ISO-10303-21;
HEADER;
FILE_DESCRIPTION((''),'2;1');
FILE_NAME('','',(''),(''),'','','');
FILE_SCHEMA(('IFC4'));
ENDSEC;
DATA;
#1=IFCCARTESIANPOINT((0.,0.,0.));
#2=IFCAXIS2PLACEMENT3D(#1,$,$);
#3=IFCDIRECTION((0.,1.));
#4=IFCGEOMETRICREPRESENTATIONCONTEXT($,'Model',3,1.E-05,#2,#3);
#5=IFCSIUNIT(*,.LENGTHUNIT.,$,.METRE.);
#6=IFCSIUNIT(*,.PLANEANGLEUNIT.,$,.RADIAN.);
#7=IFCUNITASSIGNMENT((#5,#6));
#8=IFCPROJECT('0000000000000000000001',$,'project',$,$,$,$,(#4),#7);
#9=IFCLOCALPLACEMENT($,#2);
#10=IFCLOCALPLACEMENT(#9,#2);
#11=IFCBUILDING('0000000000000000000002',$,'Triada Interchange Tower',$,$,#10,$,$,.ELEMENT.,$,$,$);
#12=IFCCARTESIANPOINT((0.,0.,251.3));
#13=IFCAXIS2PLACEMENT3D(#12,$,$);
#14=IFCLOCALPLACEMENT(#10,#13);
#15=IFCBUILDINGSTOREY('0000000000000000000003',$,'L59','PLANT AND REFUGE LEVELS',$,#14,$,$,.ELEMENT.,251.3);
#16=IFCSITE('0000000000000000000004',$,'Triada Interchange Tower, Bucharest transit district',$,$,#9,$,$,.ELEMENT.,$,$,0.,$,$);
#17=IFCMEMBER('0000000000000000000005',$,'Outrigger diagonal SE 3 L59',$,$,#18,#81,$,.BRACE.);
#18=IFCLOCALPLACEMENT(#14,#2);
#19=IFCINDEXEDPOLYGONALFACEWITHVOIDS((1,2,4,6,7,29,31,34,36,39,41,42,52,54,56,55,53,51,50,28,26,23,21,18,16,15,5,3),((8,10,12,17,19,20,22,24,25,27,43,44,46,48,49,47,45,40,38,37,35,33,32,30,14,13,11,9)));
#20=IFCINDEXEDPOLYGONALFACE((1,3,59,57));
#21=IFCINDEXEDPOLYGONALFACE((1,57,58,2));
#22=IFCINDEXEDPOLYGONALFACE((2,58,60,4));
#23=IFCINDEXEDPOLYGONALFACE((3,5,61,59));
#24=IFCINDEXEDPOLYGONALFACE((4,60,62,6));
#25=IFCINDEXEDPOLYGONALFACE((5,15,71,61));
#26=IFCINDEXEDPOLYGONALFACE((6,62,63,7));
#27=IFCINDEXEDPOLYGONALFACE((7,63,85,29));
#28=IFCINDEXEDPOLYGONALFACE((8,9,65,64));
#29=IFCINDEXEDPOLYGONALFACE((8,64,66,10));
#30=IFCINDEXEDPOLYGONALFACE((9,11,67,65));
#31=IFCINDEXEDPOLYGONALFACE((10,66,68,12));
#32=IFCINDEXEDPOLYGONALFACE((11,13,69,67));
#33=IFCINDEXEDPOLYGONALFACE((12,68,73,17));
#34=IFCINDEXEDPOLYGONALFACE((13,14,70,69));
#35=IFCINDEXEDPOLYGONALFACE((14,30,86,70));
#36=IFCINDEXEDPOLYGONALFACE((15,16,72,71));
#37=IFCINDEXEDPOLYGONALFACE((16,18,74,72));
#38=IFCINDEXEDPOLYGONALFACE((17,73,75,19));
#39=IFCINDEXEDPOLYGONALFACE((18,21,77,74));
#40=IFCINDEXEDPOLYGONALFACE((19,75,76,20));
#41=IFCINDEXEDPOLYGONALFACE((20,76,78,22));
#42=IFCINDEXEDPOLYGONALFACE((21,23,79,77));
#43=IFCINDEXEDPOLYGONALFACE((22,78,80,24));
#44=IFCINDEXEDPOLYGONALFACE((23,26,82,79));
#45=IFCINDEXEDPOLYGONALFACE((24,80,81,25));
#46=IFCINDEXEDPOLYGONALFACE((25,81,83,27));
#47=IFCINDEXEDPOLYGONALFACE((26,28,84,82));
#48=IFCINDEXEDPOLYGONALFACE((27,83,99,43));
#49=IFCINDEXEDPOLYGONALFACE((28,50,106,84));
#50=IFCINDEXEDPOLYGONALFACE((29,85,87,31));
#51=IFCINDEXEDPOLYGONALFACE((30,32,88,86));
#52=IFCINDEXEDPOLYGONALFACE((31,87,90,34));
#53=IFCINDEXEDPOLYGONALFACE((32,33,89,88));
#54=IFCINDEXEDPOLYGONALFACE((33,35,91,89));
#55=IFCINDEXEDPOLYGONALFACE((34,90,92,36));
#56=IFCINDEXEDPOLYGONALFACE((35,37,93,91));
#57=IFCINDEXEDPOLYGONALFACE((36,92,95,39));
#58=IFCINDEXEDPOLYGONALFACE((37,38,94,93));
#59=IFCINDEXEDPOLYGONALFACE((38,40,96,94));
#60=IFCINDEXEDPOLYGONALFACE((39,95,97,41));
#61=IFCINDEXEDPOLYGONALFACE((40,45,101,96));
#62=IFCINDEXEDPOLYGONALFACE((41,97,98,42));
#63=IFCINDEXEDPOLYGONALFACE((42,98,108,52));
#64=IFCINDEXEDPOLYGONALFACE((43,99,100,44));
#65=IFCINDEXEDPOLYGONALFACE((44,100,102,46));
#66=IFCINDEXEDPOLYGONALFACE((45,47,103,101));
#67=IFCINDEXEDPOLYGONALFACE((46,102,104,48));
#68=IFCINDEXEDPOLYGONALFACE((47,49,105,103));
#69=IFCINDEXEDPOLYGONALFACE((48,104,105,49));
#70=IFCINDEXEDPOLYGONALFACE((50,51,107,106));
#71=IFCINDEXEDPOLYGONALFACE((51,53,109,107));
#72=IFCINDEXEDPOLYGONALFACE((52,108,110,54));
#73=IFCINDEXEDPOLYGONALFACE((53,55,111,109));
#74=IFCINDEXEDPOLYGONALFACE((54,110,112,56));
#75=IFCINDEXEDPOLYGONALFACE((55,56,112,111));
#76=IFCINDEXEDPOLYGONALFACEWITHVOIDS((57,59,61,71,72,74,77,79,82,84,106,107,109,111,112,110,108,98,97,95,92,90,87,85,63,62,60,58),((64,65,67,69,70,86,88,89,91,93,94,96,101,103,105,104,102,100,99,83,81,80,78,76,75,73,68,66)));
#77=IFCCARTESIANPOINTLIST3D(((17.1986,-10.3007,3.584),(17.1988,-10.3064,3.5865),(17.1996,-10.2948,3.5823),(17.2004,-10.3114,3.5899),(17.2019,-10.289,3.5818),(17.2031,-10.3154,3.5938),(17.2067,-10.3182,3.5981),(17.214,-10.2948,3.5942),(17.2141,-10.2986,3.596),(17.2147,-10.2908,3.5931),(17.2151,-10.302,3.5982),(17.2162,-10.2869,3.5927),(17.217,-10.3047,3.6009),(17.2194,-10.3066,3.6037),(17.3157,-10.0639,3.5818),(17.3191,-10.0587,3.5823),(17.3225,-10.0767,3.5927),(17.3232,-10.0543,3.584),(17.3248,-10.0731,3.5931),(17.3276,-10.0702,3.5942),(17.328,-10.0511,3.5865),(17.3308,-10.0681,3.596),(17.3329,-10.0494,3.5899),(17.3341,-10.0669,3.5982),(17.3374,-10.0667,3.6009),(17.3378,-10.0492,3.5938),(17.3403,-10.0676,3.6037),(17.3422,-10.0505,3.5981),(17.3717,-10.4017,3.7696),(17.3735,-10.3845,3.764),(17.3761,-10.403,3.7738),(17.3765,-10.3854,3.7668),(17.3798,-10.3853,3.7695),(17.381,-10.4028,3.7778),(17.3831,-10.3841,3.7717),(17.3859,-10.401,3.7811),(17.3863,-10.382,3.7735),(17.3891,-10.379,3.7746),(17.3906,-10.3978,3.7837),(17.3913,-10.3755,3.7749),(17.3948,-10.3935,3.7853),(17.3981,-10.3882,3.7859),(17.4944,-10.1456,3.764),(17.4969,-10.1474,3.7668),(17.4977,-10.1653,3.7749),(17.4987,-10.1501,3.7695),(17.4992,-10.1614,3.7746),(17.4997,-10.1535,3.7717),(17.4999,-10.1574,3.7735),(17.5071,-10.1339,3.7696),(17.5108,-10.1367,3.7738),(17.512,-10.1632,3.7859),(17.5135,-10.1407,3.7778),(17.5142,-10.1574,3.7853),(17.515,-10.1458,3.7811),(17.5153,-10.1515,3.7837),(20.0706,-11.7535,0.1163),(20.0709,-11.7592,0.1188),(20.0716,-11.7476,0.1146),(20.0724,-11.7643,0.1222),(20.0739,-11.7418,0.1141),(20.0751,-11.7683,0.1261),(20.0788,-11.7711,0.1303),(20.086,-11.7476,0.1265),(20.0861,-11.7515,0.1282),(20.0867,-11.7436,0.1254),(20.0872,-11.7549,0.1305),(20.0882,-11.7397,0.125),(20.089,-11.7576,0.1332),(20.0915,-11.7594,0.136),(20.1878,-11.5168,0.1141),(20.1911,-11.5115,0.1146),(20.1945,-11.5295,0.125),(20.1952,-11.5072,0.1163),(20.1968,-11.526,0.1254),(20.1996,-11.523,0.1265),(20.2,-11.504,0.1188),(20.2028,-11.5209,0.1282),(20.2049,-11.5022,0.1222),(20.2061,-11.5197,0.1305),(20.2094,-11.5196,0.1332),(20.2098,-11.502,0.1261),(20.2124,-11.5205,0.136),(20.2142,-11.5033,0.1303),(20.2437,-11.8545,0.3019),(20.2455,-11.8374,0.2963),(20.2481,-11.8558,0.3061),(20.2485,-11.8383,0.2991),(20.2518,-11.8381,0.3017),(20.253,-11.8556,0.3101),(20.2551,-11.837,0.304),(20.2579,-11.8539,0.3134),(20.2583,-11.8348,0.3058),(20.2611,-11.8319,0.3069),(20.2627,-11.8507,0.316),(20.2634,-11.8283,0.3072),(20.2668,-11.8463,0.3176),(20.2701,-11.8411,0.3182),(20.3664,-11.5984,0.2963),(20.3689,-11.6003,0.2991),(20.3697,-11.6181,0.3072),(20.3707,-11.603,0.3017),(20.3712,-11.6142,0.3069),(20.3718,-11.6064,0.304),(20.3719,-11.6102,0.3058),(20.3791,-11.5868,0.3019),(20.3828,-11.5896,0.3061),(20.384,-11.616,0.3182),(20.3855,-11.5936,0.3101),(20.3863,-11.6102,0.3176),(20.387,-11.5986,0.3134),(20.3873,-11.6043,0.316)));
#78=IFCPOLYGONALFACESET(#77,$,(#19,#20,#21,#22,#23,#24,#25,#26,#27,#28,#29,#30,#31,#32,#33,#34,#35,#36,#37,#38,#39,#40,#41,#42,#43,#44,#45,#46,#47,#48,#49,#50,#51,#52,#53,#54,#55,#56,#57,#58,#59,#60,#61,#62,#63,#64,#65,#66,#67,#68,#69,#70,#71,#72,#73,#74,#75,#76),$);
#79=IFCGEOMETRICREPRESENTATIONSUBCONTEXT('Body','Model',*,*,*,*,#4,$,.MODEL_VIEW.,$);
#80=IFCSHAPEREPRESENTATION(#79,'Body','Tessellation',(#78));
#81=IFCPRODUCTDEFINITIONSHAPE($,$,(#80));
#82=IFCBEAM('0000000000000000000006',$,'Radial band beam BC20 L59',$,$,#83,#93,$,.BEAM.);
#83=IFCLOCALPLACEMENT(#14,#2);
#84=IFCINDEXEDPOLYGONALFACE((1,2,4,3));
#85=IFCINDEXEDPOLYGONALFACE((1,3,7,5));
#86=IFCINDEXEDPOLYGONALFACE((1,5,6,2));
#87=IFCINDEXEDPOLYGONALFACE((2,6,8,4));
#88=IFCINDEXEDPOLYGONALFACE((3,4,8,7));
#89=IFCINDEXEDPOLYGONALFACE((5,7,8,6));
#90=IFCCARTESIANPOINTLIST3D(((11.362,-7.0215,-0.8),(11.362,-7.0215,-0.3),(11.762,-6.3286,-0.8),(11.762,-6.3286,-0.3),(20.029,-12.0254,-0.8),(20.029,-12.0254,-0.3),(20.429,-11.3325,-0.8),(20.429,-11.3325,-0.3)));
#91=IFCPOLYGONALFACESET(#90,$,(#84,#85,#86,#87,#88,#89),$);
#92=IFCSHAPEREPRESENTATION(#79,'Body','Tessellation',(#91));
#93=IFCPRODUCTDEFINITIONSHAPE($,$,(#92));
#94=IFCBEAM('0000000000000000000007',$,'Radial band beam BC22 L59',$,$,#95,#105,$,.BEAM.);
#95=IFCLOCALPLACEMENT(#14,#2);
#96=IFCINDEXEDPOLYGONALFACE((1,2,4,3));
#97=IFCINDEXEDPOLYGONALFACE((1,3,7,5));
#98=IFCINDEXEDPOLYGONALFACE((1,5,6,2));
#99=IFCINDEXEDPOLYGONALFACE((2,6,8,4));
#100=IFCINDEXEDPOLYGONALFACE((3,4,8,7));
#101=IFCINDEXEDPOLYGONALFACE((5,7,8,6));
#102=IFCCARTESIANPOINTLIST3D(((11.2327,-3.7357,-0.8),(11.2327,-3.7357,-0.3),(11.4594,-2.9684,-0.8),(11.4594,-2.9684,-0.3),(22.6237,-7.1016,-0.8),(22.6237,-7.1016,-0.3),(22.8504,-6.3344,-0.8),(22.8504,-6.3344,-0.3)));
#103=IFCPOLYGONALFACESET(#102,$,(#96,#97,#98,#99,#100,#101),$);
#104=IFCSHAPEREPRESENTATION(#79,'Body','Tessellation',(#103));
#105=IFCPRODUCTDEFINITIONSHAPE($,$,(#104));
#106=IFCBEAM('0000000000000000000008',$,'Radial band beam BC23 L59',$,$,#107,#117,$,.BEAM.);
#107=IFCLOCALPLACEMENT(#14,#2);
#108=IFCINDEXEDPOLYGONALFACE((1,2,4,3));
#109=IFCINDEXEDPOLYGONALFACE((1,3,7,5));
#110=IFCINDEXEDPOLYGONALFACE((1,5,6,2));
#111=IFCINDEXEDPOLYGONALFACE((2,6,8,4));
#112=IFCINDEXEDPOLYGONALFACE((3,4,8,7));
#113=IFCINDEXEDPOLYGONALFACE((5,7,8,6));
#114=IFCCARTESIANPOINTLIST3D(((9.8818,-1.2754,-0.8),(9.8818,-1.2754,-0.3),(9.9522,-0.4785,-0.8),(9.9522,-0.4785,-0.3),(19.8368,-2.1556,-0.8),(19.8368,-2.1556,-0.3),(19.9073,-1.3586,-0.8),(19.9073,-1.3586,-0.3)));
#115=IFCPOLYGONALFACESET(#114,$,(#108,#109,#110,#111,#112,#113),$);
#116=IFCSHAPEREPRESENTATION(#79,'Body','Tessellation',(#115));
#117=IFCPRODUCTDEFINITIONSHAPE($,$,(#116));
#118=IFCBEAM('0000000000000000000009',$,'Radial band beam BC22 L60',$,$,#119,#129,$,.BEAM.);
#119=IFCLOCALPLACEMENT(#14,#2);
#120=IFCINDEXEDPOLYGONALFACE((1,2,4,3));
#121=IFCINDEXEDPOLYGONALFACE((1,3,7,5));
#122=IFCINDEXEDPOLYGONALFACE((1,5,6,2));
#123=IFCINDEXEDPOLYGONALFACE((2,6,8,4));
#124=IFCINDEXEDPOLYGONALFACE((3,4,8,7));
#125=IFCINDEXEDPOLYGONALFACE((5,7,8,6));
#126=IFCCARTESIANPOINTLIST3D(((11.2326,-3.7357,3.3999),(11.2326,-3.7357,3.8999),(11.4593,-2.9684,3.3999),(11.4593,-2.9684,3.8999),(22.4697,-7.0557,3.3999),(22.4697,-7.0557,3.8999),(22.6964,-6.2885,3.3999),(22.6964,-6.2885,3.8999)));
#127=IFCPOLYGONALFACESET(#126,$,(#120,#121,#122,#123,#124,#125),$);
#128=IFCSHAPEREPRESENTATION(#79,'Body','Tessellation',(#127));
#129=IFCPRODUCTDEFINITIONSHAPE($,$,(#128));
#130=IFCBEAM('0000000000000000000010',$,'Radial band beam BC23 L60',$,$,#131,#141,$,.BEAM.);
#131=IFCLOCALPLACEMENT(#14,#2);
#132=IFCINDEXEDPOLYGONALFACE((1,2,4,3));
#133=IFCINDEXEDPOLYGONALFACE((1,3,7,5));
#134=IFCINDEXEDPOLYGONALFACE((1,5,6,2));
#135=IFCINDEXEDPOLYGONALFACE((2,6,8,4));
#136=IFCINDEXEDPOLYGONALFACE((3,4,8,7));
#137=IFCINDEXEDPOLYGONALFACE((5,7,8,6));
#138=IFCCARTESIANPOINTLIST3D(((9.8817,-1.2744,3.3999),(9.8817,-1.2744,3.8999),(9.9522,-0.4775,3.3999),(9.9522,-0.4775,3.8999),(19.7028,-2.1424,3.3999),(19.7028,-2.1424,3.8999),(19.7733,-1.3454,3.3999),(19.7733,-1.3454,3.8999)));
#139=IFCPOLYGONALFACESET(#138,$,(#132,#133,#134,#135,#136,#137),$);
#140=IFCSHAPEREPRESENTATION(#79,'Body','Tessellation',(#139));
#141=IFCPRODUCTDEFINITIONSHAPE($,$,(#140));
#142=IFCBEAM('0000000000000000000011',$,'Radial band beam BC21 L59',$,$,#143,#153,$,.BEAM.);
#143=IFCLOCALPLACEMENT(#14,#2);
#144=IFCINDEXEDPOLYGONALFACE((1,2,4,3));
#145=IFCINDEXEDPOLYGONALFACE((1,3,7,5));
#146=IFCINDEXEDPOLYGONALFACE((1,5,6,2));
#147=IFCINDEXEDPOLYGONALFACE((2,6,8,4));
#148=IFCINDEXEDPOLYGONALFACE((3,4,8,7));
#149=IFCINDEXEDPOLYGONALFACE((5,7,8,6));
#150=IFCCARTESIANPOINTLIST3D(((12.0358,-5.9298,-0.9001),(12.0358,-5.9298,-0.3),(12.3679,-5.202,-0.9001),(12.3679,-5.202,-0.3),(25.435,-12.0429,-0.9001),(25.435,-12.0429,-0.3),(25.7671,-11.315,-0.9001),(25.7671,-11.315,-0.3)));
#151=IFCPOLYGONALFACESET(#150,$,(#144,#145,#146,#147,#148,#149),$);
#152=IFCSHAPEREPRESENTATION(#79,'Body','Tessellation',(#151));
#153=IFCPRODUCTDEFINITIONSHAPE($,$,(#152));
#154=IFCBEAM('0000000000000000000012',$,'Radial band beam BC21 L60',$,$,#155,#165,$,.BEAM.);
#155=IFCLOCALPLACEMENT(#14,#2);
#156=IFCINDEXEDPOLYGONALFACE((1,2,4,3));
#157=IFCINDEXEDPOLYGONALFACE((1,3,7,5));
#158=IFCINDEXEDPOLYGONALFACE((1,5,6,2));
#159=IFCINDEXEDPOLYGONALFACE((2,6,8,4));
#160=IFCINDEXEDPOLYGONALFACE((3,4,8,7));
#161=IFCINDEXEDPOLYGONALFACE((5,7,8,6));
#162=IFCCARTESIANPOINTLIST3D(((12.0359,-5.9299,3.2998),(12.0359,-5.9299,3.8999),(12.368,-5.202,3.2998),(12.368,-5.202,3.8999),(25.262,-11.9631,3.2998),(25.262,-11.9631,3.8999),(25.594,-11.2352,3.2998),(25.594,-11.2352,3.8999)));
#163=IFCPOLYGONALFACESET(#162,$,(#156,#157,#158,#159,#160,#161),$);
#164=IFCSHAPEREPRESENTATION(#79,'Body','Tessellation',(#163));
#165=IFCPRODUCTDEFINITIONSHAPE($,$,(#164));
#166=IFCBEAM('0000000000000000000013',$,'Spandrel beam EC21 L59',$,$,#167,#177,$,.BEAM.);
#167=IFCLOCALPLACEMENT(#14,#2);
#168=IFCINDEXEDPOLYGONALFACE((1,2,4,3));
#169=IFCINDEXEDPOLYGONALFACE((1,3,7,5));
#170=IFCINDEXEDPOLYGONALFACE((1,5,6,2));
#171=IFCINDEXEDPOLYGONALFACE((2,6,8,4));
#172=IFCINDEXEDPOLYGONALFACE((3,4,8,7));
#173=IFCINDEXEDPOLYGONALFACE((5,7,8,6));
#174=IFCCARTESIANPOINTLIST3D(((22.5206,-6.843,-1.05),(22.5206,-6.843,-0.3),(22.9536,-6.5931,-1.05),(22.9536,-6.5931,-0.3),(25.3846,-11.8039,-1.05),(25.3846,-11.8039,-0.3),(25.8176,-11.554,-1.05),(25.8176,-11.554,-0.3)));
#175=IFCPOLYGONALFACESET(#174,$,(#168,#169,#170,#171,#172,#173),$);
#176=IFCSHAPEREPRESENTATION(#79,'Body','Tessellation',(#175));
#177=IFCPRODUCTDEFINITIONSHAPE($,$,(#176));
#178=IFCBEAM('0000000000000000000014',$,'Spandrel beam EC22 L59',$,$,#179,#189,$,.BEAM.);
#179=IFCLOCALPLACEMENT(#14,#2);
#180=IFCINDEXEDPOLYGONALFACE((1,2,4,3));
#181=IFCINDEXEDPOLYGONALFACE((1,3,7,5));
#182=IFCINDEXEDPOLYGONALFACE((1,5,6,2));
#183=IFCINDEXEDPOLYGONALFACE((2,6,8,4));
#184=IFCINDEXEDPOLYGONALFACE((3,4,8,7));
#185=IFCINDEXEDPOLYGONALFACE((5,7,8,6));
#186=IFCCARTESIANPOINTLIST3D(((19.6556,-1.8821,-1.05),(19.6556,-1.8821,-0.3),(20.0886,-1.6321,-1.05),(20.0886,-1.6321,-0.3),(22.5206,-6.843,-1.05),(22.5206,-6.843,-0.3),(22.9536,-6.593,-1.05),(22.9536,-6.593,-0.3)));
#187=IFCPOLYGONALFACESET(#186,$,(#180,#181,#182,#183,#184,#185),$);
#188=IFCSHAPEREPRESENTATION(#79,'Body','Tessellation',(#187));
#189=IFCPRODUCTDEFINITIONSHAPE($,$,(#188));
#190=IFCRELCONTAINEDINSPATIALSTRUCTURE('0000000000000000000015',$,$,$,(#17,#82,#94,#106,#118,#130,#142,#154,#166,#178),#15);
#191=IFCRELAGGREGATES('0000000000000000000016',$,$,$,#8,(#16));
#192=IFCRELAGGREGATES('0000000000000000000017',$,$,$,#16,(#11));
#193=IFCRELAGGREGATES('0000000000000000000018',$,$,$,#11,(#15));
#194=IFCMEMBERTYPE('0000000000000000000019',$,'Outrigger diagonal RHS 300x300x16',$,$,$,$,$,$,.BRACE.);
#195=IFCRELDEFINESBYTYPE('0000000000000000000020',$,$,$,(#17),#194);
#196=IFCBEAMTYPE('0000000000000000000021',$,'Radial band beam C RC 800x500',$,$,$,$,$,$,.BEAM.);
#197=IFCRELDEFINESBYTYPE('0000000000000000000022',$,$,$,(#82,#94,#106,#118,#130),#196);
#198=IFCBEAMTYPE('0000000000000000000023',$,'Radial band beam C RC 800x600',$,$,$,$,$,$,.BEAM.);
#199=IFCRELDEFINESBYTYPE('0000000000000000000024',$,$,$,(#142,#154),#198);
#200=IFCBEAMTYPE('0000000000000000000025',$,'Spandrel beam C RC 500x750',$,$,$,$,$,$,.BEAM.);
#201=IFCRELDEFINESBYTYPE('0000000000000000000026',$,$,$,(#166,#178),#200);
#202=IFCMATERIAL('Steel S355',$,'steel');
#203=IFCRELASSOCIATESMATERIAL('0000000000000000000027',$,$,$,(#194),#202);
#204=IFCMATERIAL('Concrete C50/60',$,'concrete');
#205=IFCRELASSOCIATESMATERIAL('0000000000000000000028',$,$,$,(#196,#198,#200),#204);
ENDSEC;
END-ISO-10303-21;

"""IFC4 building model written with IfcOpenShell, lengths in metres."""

from ifc_helpers import new_model, si_unit, direction, frame, origin, origin_2d, place, context, subcontext, project, spatial, rectangle, hollow_rectangle, extrude, material, material_profile, profile_set, type_object, element, save


model = new_model("IFC4")

# Units and contexts
model_context = context("Model", 3, precision=1e-05, world=origin(), true_north=direction((0.0, 1.0)))
body_context = subcontext(model_context, "Body", "Model", "MODEL_VIEW")
ifc_project = project(units=[si_unit("LENGTHUNIT", "METRE"), si_unit("PLANEANGLEUNIT", "RADIAN")], contexts=[model_context])

# Site, building, storey
site_placement = place(None, origin())
site = spatial("IfcSite", under=ifc_project, at=site_placement, Name="Triada Interchange Tower, Bucharest transit district", CompositionType="ELEMENT", RefElevation=0.0)
building_placement = place(site_placement, origin())
building = spatial("IfcBuilding", under=site, at=building_placement, Name="Triada Interchange Tower", CompositionType="ELEMENT")
storey_placement = place(building_placement, frame((0.0, 0.0, 251.3)))
storey = spatial("IfcBuildingStorey", under=building, at=storey_placement, Name="L59", Description="PLANT AND REFUGE LEVELS", CompositionType="ELEMENT", Elevation=251.3)

# Shared definitions
ifc_material_1 = material(Name="Concrete C50/60", Category="concrete")

# Member
ifc_material_2 = material(Name="Steel S355", Category="steel")
ifc_material_profile_1 = material_profile(ifc_material_2, hollow_rectangle(XDim=0.3, YDim=0.3, WallThickness=0.0161, InnerFilletRadius=0.0161, OuterFilletRadius=0.0239, at=origin_2d()), Name="RHS 300x300x16")
ifc_profile_set_1 = profile_set([ifc_material_profile_1], Name="Steel S355")
member_type_1 = type_object("IfcMemberType", Name="Outrigger diagonal RHS 300x300x16", PredefinedType="BRACE", material=ifc_profile_set_1)
member_1_placement = place(storey_placement, frame((17.3569, -10.2261, 3.6838), z_axis=(0.607037, -0.307079, -0.732945), x_axis=(0.451396, 0.892324, 0.0)))
element("IfcMember", 1, at=member_1_placement, inside=storey, type_object=member_type_1, Name="Outrigger diagonal SE 3 L59", PredefinedType="BRACE", context=body_context, shape_type="SweptSolid", body=[
    extrude(hollow_rectangle(XDim=0.3, YDim=0.3, WallThickness=0.0161, InnerFilletRadius=0.0161, OuterFilletRadius=0.0239, at=origin_2d()), origin(), (0.0, 0.0, 1.0), 4.7312),
])

# Beams
ifc_material_profile_2 = material_profile(ifc_material_1, rectangle(XDim=0.8, YDim=0.5, at=origin_2d()), Name="RC 800x500")
ifc_profile_set_2 = profile_set([ifc_material_profile_2], Name="Concrete C50/60")
beam_type_1 = type_object("IfcBeamType", Name="Radial band beam C RC 800x500", PredefinedType="BEAM", material=ifc_profile_set_2)
beam_1_placement = place(storey_placement, frame((20.229, -11.679, -0.55), z_axis=(-0.866025, 0.500001, 0.0), x_axis=(-0.500001, -0.866025, 0.0)))
element("IfcBeam", 2, at=beam_1_placement, inside=storey, type_object=beam_type_1, Name="Radial band beam BC20 L59", PredefinedType="BEAM", context=body_context, shape_type="SweptSolid", body=[
    extrude(rectangle(XDim=0.8, YDim=0.5, at=origin_2d()), origin(), (0.0, 0.0, 1.0), 10.0078),
])
beam_2_placement = place(storey_placement, frame((22.7371, -6.718, -0.55), z_axis=(-0.959008, 0.283378, 0.0), x_axis=(-0.283378, -0.959008, 0.0)))
element("IfcBeam", 3, at=beam_2_placement, inside=storey, type_object=beam_type_1, Name="Radial band beam BC22 L59", PredefinedType="BEAM", context=body_context, shape_type="SweptSolid", body=[
    extrude(rectangle(XDim=0.8, YDim=0.5, at=origin_2d()), origin(), (0.0, 0.0, 1.0), 11.8779),
])
beam_3_placement = place(storey_placement, frame((19.8721, -1.7571, -0.55), z_axis=(-0.996115, 0.088066, 0.0), x_axis=(-0.088066, -0.996115, 0.0)))
element("IfcBeam", 4, at=beam_3_placement, inside=storey, type_object=beam_type_1, Name="Radial band beam BC23 L59", PredefinedType="BEAM", context=body_context, shape_type="SweptSolid", body=[
    extrude(rectangle(XDim=0.8, YDim=0.5, at=origin_2d()), origin(), (0.0, 0.0, 1.0), 9.9939),
])
beam_4_placement = place(storey_placement, frame((22.583, -6.6721, 3.6499), z_axis=(-0.959017, 0.283348, 0.0), x_axis=(-0.283348, -0.959017, 0.0)))
element("IfcBeam", 5, at=beam_4_placement, inside=storey, type_object=beam_type_1, Name="Radial band beam BC22 L60", PredefinedType="BEAM", context=body_context, shape_type="SweptSolid", body=[
    extrude(rectangle(XDim=0.8, YDim=0.5, at=origin_2d()), origin(), (0.0, 0.0, 1.0), 11.7173),
])
beam_5_placement = place(storey_placement, frame((19.738, -1.7439, 3.6499), z_axis=(-0.996118, 0.08803, 0.0), x_axis=(-0.08803, -0.996118, 0.0)))
element("IfcBeam", 6, at=beam_5_placement, inside=storey, type_object=beam_type_1, Name="Radial band beam BC23 L60", PredefinedType="BEAM", context=body_context, shape_type="SweptSolid", body=[
    extrude(rectangle(XDim=0.8, YDim=0.5, at=origin_2d()), origin(), (0.0, 0.0, 1.0), 9.8594),
])
ifc_material_profile_3 = material_profile(ifc_material_1, rectangle(XDim=0.8, YDim=0.6001, at=origin_2d()), Name="RC 800x600")
ifc_profile_set_3 = profile_set([ifc_material_profile_3], Name="Concrete C50/60")
beam_type_2 = type_object("IfcBeamType", Name="Radial band beam C RC 800x600", PredefinedType="BEAM", material=ifc_profile_set_3)
beam_6_placement = place(storey_placement, frame((25.6011, -11.679, -0.6001), z_axis=(-0.90979, 0.415069, 0.0), x_axis=(-0.415069, -0.90979, 0.0)))
element("IfcBeam", 7, at=beam_6_placement, inside=storey, type_object=beam_type_2, Name="Radial band beam BC21 L59", PredefinedType="BEAM", context=body_context, shape_type="SweptSolid", body=[
    extrude(rectangle(XDim=0.8, YDim=0.6001, at=origin_2d()), origin(), (0.0, 0.0, 1.0), 14.7278),
])
beam_7_placement = place(storey_placement, frame((25.428, -11.5991, 3.5999), z_axis=(-0.909812, 0.41502, 0.0), x_axis=(-0.41502, -0.909812, 0.0)))
element("IfcBeam", 8, at=beam_7_placement, inside=storey, type_object=beam_type_2, Name="Radial band beam BC21 L60", PredefinedType="BEAM", context=body_context, shape_type="SweptSolid", body=[
    extrude(rectangle(XDim=0.8, YDim=0.6001, at=origin_2d()), origin(), (0.0, 0.0, 1.0), 14.5371),
])
ifc_material_profile_4 = material_profile(ifc_material_1, rectangle(XDim=0.5, YDim=0.75, at=origin_2d()), Name="RC 500x750")
ifc_profile_set_4 = profile_set([ifc_material_profile_4], Name="Concrete C50/60")
beam_type_3 = type_object("IfcBeamType", Name="Spandrel beam C RC 500x750", PredefinedType="BEAM", material=ifc_profile_set_4)
beam_8_placement = place(storey_placement, frame((25.6011, -11.679, -0.675), z_axis=(-0.499976, 0.866039, 0.0), x_axis=(-0.866039, -0.499976, 0.0)))
element("IfcBeam", 9, at=beam_8_placement, inside=storey, type_object=beam_type_3, Name="Spandrel beam EC21 L59", PredefinedType="BEAM", context=body_context, shape_type="SweptSolid", body=[
    extrude(rectangle(XDim=0.5, YDim=0.75, at=origin_2d()), origin(), (0.0, 0.0, 1.0), 5.7283),
])
beam_9_placement = place(storey_placement, frame((22.7371, -6.718, -0.675), z_axis=(-0.500104, 0.865966, 0.0), x_axis=(-0.865966, -0.500104, 0.0)))
element("IfcBeam", 10, at=beam_9_placement, inside=storey, type_object=beam_type_3, Name="Spandrel beam EC22 L59", PredefinedType="BEAM", context=body_context, shape_type="SweptSolid", body=[
    extrude(rectangle(XDim=0.5, YDim=0.75, at=origin_2d()), origin(), (0.0, 0.0, 1.0), 5.7288),
])

save(model, "model.ifc")
